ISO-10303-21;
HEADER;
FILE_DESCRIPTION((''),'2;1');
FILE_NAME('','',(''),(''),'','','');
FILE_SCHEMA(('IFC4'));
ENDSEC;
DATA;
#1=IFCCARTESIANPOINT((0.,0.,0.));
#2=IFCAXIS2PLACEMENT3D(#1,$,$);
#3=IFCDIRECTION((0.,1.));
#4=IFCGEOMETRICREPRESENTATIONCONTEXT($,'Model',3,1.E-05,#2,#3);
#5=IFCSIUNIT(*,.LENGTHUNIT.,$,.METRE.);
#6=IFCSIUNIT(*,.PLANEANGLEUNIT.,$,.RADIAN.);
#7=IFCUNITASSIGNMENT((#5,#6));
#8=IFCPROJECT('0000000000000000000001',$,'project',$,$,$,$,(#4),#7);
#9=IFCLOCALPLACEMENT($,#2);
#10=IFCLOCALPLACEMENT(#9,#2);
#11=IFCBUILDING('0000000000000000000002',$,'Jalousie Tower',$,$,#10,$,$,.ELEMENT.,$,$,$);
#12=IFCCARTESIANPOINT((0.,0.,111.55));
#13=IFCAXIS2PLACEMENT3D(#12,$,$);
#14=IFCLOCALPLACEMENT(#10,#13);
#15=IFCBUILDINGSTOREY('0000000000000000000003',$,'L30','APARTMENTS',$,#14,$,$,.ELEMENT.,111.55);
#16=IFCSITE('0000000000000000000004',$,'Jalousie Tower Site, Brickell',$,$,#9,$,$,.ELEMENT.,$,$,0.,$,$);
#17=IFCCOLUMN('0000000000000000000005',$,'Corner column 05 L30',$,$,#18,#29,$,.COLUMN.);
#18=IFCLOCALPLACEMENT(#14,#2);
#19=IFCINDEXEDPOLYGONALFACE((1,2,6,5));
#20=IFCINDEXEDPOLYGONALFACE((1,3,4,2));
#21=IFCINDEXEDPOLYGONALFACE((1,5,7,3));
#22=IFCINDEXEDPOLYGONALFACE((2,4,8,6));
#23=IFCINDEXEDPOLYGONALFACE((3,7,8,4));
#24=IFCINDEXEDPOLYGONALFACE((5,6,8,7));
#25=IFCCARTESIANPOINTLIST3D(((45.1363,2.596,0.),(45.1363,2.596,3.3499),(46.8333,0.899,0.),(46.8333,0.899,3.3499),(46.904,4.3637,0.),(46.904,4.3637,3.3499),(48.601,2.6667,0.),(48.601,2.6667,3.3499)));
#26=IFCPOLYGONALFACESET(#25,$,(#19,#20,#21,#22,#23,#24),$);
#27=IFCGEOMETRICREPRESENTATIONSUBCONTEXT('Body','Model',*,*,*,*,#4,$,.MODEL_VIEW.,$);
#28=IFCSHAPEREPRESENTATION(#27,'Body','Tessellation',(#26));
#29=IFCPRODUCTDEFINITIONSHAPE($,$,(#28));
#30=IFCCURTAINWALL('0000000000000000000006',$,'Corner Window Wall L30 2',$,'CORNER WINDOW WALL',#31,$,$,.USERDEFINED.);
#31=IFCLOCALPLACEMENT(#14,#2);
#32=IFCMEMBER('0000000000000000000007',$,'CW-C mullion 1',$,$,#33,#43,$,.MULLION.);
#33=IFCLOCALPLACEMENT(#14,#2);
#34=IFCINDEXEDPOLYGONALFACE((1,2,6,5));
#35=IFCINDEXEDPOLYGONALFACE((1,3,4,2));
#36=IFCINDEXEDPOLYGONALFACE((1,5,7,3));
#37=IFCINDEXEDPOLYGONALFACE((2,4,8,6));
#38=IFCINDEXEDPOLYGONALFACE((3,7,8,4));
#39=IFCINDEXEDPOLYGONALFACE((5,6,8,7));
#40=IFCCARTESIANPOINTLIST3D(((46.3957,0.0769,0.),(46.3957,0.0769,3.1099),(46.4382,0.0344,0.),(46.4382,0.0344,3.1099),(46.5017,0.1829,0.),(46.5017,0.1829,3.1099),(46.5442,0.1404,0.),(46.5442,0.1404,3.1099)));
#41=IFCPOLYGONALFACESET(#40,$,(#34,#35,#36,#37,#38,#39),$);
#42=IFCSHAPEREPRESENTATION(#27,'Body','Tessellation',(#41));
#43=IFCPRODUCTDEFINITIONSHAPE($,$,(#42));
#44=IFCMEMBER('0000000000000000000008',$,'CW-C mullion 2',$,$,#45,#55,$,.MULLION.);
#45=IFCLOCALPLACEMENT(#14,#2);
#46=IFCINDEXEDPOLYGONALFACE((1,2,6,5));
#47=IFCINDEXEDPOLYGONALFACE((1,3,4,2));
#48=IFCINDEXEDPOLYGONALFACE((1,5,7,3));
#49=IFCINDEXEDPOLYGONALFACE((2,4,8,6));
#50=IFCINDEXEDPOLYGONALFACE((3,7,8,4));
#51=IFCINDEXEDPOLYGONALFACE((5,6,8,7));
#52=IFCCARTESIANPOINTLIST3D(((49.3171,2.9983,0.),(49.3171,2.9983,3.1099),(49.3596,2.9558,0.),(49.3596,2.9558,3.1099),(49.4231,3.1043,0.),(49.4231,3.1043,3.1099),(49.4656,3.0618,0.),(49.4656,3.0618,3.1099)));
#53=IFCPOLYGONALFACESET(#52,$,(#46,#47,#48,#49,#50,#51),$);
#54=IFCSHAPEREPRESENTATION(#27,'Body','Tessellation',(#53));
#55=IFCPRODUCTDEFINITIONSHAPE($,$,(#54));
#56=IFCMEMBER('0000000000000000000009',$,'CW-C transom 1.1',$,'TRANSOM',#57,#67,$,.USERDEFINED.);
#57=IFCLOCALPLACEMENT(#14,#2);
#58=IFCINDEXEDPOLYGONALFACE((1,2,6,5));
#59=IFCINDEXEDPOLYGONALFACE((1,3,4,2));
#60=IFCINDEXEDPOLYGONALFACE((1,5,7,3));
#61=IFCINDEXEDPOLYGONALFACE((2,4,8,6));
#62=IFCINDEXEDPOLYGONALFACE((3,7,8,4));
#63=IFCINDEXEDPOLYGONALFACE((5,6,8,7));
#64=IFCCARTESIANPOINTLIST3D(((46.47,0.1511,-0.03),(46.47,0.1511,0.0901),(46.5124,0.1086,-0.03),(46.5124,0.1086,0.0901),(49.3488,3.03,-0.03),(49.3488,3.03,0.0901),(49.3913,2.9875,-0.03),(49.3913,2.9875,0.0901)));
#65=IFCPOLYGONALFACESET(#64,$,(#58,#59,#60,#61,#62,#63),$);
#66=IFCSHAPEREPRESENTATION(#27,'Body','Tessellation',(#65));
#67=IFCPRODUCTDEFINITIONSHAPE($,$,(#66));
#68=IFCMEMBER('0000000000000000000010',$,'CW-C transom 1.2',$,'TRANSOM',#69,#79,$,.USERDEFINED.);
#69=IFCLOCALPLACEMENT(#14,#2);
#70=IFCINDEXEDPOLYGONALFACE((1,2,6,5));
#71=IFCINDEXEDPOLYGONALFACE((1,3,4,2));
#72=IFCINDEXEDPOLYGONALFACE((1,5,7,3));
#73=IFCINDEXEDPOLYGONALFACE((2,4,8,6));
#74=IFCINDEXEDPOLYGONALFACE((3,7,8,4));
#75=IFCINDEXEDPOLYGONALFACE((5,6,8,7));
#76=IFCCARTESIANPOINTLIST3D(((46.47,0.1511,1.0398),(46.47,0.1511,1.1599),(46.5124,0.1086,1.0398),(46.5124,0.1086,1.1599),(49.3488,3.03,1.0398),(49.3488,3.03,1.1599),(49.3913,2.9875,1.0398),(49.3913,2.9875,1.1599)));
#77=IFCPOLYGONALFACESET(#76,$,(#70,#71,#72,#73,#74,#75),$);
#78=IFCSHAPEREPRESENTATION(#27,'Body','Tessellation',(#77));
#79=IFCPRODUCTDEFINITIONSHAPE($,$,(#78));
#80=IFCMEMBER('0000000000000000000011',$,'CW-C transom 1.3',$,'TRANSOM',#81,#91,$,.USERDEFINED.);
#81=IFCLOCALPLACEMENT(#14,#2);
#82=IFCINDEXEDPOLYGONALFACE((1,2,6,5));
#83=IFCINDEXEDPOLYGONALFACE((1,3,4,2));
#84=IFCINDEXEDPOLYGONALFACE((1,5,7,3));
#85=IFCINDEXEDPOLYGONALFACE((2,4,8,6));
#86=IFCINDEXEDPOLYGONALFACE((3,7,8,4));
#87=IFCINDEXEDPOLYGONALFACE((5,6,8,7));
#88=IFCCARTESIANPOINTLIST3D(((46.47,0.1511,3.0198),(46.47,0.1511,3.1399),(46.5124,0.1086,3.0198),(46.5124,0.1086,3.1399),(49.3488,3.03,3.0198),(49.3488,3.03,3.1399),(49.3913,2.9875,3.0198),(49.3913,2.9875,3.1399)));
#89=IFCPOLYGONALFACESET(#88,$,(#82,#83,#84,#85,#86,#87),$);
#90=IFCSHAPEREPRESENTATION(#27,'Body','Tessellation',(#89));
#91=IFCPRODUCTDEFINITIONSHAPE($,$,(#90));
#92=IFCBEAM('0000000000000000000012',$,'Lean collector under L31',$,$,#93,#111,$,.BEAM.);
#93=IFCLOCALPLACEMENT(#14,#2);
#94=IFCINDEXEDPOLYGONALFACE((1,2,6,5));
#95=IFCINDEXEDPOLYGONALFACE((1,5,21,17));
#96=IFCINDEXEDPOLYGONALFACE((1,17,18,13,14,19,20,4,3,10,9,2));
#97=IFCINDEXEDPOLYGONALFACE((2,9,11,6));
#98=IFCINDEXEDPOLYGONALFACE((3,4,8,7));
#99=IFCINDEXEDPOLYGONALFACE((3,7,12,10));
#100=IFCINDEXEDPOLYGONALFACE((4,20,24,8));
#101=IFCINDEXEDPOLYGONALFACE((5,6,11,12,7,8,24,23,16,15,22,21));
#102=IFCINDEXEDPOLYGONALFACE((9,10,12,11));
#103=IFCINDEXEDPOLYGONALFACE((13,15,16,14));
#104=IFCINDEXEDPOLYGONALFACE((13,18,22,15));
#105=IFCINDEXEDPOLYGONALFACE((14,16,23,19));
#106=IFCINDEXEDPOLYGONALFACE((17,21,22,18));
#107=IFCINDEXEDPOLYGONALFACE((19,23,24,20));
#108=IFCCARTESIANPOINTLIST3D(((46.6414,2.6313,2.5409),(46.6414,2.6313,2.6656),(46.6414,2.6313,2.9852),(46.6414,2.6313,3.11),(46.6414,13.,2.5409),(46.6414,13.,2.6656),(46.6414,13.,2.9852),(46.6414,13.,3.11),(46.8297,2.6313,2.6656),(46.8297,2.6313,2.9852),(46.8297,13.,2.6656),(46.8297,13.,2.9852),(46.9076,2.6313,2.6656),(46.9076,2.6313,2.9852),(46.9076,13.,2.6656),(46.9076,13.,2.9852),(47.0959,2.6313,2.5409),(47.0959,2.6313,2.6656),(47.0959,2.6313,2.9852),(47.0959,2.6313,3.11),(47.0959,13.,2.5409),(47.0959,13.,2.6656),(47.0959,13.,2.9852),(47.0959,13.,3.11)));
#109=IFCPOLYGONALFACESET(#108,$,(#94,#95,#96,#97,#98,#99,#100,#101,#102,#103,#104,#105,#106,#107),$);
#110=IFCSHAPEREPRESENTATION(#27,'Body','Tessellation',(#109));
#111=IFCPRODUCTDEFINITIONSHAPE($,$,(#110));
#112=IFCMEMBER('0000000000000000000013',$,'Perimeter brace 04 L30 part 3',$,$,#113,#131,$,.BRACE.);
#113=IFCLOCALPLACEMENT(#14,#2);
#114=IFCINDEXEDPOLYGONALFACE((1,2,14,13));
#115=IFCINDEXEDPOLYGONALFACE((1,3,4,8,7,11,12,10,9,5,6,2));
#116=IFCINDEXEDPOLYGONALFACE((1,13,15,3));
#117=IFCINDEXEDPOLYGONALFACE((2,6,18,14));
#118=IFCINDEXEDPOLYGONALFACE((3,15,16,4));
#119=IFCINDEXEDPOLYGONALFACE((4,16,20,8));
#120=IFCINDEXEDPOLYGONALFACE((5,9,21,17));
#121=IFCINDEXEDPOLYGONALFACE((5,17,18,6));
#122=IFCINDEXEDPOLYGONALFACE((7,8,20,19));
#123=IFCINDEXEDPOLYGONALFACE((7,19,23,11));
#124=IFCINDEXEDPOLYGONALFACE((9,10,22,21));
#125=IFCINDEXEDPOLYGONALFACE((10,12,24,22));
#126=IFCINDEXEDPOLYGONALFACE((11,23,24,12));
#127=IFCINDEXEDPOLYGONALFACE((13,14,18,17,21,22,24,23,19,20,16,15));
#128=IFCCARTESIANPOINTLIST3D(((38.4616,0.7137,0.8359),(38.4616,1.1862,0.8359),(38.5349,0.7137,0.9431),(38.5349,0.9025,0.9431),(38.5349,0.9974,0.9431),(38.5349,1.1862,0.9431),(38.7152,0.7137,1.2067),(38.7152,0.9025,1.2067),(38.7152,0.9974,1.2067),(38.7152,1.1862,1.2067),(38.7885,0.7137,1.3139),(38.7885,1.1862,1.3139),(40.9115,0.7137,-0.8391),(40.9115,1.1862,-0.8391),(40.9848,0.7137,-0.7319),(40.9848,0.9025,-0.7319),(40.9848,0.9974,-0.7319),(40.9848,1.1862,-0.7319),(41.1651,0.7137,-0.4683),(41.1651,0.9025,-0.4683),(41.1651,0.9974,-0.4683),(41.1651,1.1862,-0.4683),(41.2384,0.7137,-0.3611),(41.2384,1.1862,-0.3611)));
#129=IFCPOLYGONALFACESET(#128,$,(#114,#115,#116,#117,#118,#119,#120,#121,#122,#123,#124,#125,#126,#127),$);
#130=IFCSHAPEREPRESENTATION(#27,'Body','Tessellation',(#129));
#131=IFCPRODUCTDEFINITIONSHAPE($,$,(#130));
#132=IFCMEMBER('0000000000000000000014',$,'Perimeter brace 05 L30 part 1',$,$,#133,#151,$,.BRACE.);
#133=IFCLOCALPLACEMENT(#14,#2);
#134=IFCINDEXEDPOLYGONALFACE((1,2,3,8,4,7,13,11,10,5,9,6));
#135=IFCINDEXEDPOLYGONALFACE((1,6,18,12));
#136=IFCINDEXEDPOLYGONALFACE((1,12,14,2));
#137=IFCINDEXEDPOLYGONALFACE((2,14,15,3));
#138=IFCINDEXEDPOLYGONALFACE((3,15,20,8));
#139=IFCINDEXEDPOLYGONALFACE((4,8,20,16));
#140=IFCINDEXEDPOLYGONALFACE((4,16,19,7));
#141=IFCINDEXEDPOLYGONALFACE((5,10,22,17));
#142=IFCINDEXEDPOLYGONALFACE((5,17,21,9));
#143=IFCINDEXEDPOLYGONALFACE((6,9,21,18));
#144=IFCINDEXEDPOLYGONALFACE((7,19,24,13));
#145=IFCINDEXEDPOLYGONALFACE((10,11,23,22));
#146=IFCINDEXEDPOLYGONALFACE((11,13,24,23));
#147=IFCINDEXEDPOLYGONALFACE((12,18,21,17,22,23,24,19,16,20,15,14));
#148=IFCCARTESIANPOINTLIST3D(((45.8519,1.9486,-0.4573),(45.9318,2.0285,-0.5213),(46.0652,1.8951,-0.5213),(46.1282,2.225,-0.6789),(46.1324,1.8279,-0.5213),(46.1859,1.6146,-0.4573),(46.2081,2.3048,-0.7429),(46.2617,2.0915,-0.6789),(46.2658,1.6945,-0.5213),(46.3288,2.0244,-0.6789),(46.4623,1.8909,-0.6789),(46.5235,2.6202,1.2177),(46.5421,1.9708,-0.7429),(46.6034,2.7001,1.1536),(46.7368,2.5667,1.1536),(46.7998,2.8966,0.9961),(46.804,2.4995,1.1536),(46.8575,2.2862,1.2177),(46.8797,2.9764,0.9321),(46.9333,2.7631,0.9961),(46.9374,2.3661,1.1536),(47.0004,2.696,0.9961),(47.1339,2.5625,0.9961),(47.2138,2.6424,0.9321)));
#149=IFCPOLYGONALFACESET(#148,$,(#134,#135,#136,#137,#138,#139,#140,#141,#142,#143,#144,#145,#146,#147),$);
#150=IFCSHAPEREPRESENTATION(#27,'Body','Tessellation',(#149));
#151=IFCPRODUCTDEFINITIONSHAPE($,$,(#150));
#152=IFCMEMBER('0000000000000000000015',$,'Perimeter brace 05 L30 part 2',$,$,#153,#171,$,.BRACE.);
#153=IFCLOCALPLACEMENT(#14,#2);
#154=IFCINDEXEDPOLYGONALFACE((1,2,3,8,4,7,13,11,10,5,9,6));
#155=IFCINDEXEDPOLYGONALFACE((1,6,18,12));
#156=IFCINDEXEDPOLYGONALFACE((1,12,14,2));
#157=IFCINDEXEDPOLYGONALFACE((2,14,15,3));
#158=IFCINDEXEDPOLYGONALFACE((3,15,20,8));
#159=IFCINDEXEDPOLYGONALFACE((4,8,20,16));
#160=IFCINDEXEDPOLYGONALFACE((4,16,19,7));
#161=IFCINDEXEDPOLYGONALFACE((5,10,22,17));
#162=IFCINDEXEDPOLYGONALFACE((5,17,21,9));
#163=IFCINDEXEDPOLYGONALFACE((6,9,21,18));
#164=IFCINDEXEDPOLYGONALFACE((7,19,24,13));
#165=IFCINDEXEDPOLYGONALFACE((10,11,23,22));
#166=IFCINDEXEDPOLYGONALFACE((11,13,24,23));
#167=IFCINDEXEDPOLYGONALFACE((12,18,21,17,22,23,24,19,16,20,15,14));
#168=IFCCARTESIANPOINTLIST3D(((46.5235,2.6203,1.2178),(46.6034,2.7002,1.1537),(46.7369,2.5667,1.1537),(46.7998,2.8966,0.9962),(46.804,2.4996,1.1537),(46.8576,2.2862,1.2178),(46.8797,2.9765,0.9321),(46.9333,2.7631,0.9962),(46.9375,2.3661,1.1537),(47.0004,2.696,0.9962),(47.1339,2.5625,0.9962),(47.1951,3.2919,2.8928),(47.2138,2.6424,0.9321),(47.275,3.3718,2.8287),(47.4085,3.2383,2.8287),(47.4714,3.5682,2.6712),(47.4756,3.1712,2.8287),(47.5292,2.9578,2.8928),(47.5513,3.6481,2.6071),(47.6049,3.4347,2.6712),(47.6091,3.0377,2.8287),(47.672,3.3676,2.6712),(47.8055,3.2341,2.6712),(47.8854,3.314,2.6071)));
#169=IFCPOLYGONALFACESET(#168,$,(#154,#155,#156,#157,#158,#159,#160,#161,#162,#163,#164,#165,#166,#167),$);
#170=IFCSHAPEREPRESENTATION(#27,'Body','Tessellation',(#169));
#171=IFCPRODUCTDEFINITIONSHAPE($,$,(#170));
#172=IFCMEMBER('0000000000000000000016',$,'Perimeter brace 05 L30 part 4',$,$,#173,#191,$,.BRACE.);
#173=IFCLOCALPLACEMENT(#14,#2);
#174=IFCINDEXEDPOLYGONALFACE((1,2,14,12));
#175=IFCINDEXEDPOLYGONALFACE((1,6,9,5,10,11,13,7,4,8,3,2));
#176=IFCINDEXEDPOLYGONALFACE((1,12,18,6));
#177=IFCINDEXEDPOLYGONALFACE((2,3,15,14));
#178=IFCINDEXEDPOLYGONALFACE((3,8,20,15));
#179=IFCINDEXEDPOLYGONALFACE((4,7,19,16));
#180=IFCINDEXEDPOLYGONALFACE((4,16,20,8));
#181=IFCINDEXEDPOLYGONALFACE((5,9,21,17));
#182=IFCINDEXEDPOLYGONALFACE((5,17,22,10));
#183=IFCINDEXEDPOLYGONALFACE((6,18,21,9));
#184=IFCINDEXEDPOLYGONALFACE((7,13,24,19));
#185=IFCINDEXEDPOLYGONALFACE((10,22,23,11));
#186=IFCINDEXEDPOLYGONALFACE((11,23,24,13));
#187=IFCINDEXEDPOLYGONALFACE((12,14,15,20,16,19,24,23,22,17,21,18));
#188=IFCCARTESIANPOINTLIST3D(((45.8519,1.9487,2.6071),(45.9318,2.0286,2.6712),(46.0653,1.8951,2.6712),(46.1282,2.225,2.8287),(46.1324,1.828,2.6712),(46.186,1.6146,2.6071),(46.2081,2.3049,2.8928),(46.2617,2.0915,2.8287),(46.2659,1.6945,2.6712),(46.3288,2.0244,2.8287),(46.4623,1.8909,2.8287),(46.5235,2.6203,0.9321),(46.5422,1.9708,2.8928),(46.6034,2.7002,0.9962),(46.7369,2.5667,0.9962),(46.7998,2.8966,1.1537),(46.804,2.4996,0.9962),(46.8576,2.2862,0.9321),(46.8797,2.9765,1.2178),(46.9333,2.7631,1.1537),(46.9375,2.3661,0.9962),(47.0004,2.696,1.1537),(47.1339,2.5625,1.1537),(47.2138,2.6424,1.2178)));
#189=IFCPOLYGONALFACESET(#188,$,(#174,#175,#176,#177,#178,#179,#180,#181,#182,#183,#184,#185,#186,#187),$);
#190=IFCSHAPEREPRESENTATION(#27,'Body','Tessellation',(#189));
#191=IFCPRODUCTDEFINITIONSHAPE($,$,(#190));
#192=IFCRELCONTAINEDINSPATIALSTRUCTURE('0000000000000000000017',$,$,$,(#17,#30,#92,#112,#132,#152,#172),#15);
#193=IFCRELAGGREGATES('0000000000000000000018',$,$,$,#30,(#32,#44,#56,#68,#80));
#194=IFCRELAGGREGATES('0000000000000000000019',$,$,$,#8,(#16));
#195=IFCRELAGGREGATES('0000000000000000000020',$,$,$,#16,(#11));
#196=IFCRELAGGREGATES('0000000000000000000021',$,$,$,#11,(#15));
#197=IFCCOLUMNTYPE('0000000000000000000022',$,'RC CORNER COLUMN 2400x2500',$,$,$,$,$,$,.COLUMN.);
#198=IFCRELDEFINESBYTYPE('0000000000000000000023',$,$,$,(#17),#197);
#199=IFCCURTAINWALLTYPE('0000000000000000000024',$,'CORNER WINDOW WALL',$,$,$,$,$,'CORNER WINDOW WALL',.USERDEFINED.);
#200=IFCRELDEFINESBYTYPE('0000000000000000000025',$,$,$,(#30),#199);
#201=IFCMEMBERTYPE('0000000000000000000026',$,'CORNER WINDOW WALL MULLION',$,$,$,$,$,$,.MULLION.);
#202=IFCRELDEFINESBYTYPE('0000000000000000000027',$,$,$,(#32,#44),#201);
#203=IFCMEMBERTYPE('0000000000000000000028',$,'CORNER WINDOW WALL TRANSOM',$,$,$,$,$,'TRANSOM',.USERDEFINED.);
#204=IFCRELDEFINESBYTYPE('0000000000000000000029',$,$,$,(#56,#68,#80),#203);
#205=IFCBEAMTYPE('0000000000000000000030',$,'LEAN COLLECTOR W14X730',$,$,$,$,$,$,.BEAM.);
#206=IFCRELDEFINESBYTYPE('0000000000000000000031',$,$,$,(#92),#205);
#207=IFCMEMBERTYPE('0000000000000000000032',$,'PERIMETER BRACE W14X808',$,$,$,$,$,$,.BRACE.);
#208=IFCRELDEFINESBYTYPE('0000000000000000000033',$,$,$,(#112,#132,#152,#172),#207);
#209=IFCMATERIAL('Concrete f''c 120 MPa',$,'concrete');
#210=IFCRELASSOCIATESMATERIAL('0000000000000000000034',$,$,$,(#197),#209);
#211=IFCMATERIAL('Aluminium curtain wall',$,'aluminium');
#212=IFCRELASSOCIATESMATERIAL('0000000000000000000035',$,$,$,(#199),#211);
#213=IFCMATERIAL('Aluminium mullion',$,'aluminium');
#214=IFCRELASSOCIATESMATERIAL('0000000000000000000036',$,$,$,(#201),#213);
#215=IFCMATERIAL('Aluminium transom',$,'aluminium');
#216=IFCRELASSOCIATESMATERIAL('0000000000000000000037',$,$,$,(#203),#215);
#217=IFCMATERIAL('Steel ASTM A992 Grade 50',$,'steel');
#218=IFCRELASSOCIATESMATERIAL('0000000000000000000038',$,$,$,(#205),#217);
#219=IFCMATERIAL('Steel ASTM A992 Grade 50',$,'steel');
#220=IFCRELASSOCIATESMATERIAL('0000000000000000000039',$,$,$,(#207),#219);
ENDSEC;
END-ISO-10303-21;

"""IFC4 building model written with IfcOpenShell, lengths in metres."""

from ifc_helpers import new_model, si_unit, direction, frame, origin, origin_2d, place, context, subcontext, project, spatial, rectangle, i_section, extrude, material, material_profile, profile_set, type_object, element, aggregate, save


model = new_model("IFC4")

# Units and contexts
model_context = context("Model", 3, precision=1e-05, world=origin(), true_north=direction((0.0, 1.0)))
body_context = subcontext(model_context, "Body", "Model", "MODEL_VIEW")
ifc_project = project(units=[si_unit("LENGTHUNIT", "METRE"), si_unit("PLANEANGLEUNIT", "RADIAN")], contexts=[model_context])

# Site, building, storey
site_placement = place(None, origin())
site = spatial("IfcSite", under=ifc_project, at=site_placement, Name="Jalousie Tower Site, Brickell", CompositionType="ELEMENT", RefElevation=0.0)
building_placement = place(site_placement, origin())
building = spatial("IfcBuilding", under=site, at=building_placement, Name="Jalousie Tower", CompositionType="ELEMENT")
storey_placement = place(building_placement, frame((0.0, 0.0, 111.55)))
storey = spatial("IfcBuildingStorey", under=building, at=storey_placement, Name="L30", Description="APARTMENTS", CompositionType="ELEMENT", Elevation=111.55)

# Column
ifc_material_1 = material(Name="Concrete f'c 120 MPa", Category="concrete")
ifc_material_profile_1 = material_profile(ifc_material_1, rectangle(XDim=2.3999, YDim=2.5, at=origin_2d()), Name="RC 2400x2500")
ifc_profile_set_1 = profile_set([ifc_material_profile_1], Name="Concrete f'c 120 MPa")
column_type = type_object("IfcColumnType", Name="RC CORNER COLUMN 2400x2500", PredefinedType="COLUMN", material=ifc_profile_set_1)
column_placement = place(storey_placement, frame((46.8687, 2.6313, 0.0), z_axis=(0.0, 0.0, 1.0), x_axis=(-0.707107, 0.707107, 0.0)))
element("IfcColumn", 1, at=column_placement, inside=storey, type_object=column_type, Name="Corner column 05 L30", PredefinedType="COLUMN", context=body_context, shape_type="SweptSolid", body=[
    extrude(rectangle(XDim=2.3999, YDim=2.5, at=origin_2d()), origin(), (0.0, 0.0, 1.0), 3.3499),
])

# Curtain wall, members
ifc_material_2 = material(Name="Aluminium curtain wall", Category="aluminium")
curtain_wall_type_1 = type_object("IfcCurtainWallType", Name="CORNER WINDOW WALL", ElementType="CORNER WINDOW WALL", PredefinedType="USERDEFINED", material=ifc_material_2)
curtain_wall_1_placement = place(storey_placement, origin())
curtain_wall_1 = element("IfcCurtainWall", 2, at=curtain_wall_1_placement, inside=storey, type_object=curtain_wall_type_1, Name="Corner Window Wall L30 2", ObjectType="CORNER WINDOW WALL", PredefinedType="USERDEFINED")
ifc_material_3 = material(Name="Aluminium mullion", Category="aluminium")
ifc_material_profile_2 = material_profile(ifc_material_3, rectangle(XDim=0.0601, YDim=0.1499, at=origin_2d()), Name="MULLION 60x150")
ifc_profile_set_2 = profile_set([ifc_material_profile_2], Name="Aluminium mullion")
member_type_1 = type_object("IfcMemberType", Name="CORNER WINDOW WALL MULLION", PredefinedType="MULLION", material=ifc_profile_set_2)
member_1_placement = place(storey_placement, frame((46.47, 0.1086, 0.0), z_axis=(0.0, 0.0, 1.0), x_axis=(-0.707107, 0.707107, 0.0)))
member_1 = element("IfcMember", 3, at=member_1_placement, type_object=member_type_1, Name="CW-C mullion 1", PredefinedType="MULLION", context=body_context, shape_type="SweptSolid", body=[
    extrude(rectangle(XDim=0.0601, YDim=0.1499, at=origin_2d()), origin(), (0.0, 0.0, 1.0), 3.1099),
])
member_2_placement = place(storey_placement, frame((49.3914, 3.03, 0.0), z_axis=(0.0, 0.0, 1.0), x_axis=(-0.707107, 0.707107, 0.0)))
member_2 = element("IfcMember", 4, at=member_2_placement, type_object=member_type_1, Name="CW-C mullion 2", PredefinedType="MULLION", context=body_context, shape_type="SweptSolid", body=[
    extrude(rectangle(XDim=0.0601, YDim=0.1499, at=origin_2d()), origin(), (0.0, 0.0, 1.0), 3.1099),
])
ifc_material_4 = material(Name="Aluminium transom", Category="aluminium")
ifc_material_profile_3 = material_profile(ifc_material_4, rectangle(XDim=0.0601, YDim=0.1201, at=origin_2d()), Name="TRANSOM 60x120")
ifc_profile_set_3 = profile_set([ifc_material_profile_3], Name="Aluminium transom")
member_type_2 = type_object("IfcMemberType", Name="CORNER WINDOW WALL TRANSOM", ElementType="TRANSOM", PredefinedType="USERDEFINED", material=ifc_profile_set_3)
member_3_placement = place(storey_placement, frame((46.4912, 0.1299, 0.03), z_axis=(0.707107, 0.707107, 0.0), x_axis=(-0.707107, 0.707107, 0.0)))
member_3 = element("IfcMember", 5, at=member_3_placement, type_object=member_type_2, Name="CW-C transom 1.1", ObjectType="TRANSOM", PredefinedType="USERDEFINED", context=body_context, shape_type="SweptSolid", body=[
    extrude(rectangle(XDim=0.0601, YDim=0.1201, at=origin_2d()), origin(), (0.0, 0.0, 1.0), 4.0713),
])
member_4_placement = place(storey_placement, frame((46.4912, 0.1299, 1.0999), z_axis=(0.707107, 0.707107, 0.0), x_axis=(-0.707107, 0.707107, 0.0)))
member_4 = element("IfcMember", 6, at=member_4_placement, type_object=member_type_2, Name="CW-C transom 1.2", ObjectType="TRANSOM", PredefinedType="USERDEFINED", context=body_context, shape_type="SweptSolid", body=[
    extrude(rectangle(XDim=0.0601, YDim=0.1201, at=origin_2d()), origin(), (0.0, 0.0, 1.0), 4.0713),
])
member_5_placement = place(storey_placement, frame((46.4912, 0.1299, 3.0798), z_axis=(0.707107, 0.707107, 0.0), x_axis=(-0.707107, 0.707107, 0.0)))
member_5 = element("IfcMember", 7, at=member_5_placement, type_object=member_type_2, Name="CW-C transom 1.3", ObjectType="TRANSOM", PredefinedType="USERDEFINED", context=body_context, shape_type="SweptSolid", body=[
    extrude(rectangle(XDim=0.0601, YDim=0.1201, at=origin_2d()), origin(), (0.0, 0.0, 1.0), 4.0713),
])

# Beam
ifc_material_5 = material(Name="Steel ASTM A992 Grade 50", Category="steel")
ifc_material_profile_4 = material_profile(ifc_material_5, i_section(OverallWidth=0.4546, OverallDepth=0.5691, WebThickness=0.0779, FlangeThickness=0.1248, at=origin_2d()), Name="W14X730")
ifc_profile_set_4 = profile_set([ifc_material_profile_4], Name="Steel ASTM A992 Grade 50")
beam_type_1 = type_object("IfcBeamType", Name="LEAN COLLECTOR W14X730", PredefinedType="BEAM", material=ifc_profile_set_4)
beam_1_placement = place(storey_placement, frame((46.8687, 2.6313, 2.8254), z_axis=(0.0, 1.0, 0.0), x_axis=(-1.0, 0.0, 0.0)))
element("IfcBeam", 8, at=beam_1_placement, inside=storey, type_object=beam_type_1, Name="Lean collector under L31", PredefinedType="BEAM", context=body_context, shape_type="SweptSolid", body=[
    extrude(i_section(OverallWidth=0.4546, OverallDepth=0.5691, WebThickness=0.0779, FlangeThickness=0.1248, at=origin_2d()), origin(), (0.0, 0.0, 1.0), 10.3687),
])

# Members
ifc_material_6 = material(Name="Steel ASTM A992 Grade 50", Category="steel")
ifc_material_profile_5 = material_profile(ifc_material_6, i_section(OverallWidth=0.4724, OverallDepth=0.5791, WebThickness=0.095, FlangeThickness=0.1299, at=origin_2d()), Name="W14X808")
ifc_profile_set_5 = profile_set([ifc_material_profile_5], Name="Steel ASTM A992 Grade 50")
member_type_3 = type_object("IfcMemberType", Name="PERIMETER BRACE W14X808", PredefinedType="BRACE", material=ifc_profile_set_5)
member_6_placement = place(storey_placement, frame((41.075, 0.95, -0.6001), z_axis=(-0.825501, 0.0, 0.564401), x_axis=(0.0, -1.0, 0.0)))
element("IfcMember", 9, at=member_6_placement, inside=storey, type_object=member_type_3, Name="Perimeter brace 04 L30 part 3", PredefinedType="BRACE", context=body_context, shape_type="SweptSolid", body=[
    extrude(i_section(OverallWidth=0.4724, OverallDepth=0.5791, WebThickness=0.095, FlangeThickness=0.1299, at=origin_2d()), origin(), (0.0, 0.0, 1.0), 2.9678),
])
for number, where, z_axis, x_axis, name in (
    (10, (46.197, 1.9597, -0.6001), (0.348789, 0.348789, 0.869881), (-0.707107, 0.707107, 0.0), "Perimeter brace 05 L30 part 1"),
    (11, (46.8687, 2.6313, 1.075), (0.348789, 0.348789, 0.869881), (-0.707107, 0.707107, 0.0), "Perimeter brace 05 L30 part 2"),
    (12, (46.8687, 2.6313, 1.075), (-0.348789, -0.348789, 0.869881), (0.707107, -0.707107, 0.0), "Perimeter brace 05 L30 part 4"),
):
    element("IfcMember", number, at=place(storey_placement, frame(where, z_axis=z_axis, x_axis=x_axis)), inside=storey, type_object=member_type_3, Name=name, PredefinedType="BRACE", context=body_context, shape_type="SweptSolid", body=[
        extrude(i_section(OverallWidth=0.4724, OverallDepth=0.5791, WebThickness=0.095, FlangeThickness=0.1299, at=origin_2d()), origin(), (0.0, 0.0, 1.0), 1.9255),
    ])

aggregate(curtain_wall_1, [member_1, member_2, member_3, member_4, member_5])

save(model, "model.ifc")
